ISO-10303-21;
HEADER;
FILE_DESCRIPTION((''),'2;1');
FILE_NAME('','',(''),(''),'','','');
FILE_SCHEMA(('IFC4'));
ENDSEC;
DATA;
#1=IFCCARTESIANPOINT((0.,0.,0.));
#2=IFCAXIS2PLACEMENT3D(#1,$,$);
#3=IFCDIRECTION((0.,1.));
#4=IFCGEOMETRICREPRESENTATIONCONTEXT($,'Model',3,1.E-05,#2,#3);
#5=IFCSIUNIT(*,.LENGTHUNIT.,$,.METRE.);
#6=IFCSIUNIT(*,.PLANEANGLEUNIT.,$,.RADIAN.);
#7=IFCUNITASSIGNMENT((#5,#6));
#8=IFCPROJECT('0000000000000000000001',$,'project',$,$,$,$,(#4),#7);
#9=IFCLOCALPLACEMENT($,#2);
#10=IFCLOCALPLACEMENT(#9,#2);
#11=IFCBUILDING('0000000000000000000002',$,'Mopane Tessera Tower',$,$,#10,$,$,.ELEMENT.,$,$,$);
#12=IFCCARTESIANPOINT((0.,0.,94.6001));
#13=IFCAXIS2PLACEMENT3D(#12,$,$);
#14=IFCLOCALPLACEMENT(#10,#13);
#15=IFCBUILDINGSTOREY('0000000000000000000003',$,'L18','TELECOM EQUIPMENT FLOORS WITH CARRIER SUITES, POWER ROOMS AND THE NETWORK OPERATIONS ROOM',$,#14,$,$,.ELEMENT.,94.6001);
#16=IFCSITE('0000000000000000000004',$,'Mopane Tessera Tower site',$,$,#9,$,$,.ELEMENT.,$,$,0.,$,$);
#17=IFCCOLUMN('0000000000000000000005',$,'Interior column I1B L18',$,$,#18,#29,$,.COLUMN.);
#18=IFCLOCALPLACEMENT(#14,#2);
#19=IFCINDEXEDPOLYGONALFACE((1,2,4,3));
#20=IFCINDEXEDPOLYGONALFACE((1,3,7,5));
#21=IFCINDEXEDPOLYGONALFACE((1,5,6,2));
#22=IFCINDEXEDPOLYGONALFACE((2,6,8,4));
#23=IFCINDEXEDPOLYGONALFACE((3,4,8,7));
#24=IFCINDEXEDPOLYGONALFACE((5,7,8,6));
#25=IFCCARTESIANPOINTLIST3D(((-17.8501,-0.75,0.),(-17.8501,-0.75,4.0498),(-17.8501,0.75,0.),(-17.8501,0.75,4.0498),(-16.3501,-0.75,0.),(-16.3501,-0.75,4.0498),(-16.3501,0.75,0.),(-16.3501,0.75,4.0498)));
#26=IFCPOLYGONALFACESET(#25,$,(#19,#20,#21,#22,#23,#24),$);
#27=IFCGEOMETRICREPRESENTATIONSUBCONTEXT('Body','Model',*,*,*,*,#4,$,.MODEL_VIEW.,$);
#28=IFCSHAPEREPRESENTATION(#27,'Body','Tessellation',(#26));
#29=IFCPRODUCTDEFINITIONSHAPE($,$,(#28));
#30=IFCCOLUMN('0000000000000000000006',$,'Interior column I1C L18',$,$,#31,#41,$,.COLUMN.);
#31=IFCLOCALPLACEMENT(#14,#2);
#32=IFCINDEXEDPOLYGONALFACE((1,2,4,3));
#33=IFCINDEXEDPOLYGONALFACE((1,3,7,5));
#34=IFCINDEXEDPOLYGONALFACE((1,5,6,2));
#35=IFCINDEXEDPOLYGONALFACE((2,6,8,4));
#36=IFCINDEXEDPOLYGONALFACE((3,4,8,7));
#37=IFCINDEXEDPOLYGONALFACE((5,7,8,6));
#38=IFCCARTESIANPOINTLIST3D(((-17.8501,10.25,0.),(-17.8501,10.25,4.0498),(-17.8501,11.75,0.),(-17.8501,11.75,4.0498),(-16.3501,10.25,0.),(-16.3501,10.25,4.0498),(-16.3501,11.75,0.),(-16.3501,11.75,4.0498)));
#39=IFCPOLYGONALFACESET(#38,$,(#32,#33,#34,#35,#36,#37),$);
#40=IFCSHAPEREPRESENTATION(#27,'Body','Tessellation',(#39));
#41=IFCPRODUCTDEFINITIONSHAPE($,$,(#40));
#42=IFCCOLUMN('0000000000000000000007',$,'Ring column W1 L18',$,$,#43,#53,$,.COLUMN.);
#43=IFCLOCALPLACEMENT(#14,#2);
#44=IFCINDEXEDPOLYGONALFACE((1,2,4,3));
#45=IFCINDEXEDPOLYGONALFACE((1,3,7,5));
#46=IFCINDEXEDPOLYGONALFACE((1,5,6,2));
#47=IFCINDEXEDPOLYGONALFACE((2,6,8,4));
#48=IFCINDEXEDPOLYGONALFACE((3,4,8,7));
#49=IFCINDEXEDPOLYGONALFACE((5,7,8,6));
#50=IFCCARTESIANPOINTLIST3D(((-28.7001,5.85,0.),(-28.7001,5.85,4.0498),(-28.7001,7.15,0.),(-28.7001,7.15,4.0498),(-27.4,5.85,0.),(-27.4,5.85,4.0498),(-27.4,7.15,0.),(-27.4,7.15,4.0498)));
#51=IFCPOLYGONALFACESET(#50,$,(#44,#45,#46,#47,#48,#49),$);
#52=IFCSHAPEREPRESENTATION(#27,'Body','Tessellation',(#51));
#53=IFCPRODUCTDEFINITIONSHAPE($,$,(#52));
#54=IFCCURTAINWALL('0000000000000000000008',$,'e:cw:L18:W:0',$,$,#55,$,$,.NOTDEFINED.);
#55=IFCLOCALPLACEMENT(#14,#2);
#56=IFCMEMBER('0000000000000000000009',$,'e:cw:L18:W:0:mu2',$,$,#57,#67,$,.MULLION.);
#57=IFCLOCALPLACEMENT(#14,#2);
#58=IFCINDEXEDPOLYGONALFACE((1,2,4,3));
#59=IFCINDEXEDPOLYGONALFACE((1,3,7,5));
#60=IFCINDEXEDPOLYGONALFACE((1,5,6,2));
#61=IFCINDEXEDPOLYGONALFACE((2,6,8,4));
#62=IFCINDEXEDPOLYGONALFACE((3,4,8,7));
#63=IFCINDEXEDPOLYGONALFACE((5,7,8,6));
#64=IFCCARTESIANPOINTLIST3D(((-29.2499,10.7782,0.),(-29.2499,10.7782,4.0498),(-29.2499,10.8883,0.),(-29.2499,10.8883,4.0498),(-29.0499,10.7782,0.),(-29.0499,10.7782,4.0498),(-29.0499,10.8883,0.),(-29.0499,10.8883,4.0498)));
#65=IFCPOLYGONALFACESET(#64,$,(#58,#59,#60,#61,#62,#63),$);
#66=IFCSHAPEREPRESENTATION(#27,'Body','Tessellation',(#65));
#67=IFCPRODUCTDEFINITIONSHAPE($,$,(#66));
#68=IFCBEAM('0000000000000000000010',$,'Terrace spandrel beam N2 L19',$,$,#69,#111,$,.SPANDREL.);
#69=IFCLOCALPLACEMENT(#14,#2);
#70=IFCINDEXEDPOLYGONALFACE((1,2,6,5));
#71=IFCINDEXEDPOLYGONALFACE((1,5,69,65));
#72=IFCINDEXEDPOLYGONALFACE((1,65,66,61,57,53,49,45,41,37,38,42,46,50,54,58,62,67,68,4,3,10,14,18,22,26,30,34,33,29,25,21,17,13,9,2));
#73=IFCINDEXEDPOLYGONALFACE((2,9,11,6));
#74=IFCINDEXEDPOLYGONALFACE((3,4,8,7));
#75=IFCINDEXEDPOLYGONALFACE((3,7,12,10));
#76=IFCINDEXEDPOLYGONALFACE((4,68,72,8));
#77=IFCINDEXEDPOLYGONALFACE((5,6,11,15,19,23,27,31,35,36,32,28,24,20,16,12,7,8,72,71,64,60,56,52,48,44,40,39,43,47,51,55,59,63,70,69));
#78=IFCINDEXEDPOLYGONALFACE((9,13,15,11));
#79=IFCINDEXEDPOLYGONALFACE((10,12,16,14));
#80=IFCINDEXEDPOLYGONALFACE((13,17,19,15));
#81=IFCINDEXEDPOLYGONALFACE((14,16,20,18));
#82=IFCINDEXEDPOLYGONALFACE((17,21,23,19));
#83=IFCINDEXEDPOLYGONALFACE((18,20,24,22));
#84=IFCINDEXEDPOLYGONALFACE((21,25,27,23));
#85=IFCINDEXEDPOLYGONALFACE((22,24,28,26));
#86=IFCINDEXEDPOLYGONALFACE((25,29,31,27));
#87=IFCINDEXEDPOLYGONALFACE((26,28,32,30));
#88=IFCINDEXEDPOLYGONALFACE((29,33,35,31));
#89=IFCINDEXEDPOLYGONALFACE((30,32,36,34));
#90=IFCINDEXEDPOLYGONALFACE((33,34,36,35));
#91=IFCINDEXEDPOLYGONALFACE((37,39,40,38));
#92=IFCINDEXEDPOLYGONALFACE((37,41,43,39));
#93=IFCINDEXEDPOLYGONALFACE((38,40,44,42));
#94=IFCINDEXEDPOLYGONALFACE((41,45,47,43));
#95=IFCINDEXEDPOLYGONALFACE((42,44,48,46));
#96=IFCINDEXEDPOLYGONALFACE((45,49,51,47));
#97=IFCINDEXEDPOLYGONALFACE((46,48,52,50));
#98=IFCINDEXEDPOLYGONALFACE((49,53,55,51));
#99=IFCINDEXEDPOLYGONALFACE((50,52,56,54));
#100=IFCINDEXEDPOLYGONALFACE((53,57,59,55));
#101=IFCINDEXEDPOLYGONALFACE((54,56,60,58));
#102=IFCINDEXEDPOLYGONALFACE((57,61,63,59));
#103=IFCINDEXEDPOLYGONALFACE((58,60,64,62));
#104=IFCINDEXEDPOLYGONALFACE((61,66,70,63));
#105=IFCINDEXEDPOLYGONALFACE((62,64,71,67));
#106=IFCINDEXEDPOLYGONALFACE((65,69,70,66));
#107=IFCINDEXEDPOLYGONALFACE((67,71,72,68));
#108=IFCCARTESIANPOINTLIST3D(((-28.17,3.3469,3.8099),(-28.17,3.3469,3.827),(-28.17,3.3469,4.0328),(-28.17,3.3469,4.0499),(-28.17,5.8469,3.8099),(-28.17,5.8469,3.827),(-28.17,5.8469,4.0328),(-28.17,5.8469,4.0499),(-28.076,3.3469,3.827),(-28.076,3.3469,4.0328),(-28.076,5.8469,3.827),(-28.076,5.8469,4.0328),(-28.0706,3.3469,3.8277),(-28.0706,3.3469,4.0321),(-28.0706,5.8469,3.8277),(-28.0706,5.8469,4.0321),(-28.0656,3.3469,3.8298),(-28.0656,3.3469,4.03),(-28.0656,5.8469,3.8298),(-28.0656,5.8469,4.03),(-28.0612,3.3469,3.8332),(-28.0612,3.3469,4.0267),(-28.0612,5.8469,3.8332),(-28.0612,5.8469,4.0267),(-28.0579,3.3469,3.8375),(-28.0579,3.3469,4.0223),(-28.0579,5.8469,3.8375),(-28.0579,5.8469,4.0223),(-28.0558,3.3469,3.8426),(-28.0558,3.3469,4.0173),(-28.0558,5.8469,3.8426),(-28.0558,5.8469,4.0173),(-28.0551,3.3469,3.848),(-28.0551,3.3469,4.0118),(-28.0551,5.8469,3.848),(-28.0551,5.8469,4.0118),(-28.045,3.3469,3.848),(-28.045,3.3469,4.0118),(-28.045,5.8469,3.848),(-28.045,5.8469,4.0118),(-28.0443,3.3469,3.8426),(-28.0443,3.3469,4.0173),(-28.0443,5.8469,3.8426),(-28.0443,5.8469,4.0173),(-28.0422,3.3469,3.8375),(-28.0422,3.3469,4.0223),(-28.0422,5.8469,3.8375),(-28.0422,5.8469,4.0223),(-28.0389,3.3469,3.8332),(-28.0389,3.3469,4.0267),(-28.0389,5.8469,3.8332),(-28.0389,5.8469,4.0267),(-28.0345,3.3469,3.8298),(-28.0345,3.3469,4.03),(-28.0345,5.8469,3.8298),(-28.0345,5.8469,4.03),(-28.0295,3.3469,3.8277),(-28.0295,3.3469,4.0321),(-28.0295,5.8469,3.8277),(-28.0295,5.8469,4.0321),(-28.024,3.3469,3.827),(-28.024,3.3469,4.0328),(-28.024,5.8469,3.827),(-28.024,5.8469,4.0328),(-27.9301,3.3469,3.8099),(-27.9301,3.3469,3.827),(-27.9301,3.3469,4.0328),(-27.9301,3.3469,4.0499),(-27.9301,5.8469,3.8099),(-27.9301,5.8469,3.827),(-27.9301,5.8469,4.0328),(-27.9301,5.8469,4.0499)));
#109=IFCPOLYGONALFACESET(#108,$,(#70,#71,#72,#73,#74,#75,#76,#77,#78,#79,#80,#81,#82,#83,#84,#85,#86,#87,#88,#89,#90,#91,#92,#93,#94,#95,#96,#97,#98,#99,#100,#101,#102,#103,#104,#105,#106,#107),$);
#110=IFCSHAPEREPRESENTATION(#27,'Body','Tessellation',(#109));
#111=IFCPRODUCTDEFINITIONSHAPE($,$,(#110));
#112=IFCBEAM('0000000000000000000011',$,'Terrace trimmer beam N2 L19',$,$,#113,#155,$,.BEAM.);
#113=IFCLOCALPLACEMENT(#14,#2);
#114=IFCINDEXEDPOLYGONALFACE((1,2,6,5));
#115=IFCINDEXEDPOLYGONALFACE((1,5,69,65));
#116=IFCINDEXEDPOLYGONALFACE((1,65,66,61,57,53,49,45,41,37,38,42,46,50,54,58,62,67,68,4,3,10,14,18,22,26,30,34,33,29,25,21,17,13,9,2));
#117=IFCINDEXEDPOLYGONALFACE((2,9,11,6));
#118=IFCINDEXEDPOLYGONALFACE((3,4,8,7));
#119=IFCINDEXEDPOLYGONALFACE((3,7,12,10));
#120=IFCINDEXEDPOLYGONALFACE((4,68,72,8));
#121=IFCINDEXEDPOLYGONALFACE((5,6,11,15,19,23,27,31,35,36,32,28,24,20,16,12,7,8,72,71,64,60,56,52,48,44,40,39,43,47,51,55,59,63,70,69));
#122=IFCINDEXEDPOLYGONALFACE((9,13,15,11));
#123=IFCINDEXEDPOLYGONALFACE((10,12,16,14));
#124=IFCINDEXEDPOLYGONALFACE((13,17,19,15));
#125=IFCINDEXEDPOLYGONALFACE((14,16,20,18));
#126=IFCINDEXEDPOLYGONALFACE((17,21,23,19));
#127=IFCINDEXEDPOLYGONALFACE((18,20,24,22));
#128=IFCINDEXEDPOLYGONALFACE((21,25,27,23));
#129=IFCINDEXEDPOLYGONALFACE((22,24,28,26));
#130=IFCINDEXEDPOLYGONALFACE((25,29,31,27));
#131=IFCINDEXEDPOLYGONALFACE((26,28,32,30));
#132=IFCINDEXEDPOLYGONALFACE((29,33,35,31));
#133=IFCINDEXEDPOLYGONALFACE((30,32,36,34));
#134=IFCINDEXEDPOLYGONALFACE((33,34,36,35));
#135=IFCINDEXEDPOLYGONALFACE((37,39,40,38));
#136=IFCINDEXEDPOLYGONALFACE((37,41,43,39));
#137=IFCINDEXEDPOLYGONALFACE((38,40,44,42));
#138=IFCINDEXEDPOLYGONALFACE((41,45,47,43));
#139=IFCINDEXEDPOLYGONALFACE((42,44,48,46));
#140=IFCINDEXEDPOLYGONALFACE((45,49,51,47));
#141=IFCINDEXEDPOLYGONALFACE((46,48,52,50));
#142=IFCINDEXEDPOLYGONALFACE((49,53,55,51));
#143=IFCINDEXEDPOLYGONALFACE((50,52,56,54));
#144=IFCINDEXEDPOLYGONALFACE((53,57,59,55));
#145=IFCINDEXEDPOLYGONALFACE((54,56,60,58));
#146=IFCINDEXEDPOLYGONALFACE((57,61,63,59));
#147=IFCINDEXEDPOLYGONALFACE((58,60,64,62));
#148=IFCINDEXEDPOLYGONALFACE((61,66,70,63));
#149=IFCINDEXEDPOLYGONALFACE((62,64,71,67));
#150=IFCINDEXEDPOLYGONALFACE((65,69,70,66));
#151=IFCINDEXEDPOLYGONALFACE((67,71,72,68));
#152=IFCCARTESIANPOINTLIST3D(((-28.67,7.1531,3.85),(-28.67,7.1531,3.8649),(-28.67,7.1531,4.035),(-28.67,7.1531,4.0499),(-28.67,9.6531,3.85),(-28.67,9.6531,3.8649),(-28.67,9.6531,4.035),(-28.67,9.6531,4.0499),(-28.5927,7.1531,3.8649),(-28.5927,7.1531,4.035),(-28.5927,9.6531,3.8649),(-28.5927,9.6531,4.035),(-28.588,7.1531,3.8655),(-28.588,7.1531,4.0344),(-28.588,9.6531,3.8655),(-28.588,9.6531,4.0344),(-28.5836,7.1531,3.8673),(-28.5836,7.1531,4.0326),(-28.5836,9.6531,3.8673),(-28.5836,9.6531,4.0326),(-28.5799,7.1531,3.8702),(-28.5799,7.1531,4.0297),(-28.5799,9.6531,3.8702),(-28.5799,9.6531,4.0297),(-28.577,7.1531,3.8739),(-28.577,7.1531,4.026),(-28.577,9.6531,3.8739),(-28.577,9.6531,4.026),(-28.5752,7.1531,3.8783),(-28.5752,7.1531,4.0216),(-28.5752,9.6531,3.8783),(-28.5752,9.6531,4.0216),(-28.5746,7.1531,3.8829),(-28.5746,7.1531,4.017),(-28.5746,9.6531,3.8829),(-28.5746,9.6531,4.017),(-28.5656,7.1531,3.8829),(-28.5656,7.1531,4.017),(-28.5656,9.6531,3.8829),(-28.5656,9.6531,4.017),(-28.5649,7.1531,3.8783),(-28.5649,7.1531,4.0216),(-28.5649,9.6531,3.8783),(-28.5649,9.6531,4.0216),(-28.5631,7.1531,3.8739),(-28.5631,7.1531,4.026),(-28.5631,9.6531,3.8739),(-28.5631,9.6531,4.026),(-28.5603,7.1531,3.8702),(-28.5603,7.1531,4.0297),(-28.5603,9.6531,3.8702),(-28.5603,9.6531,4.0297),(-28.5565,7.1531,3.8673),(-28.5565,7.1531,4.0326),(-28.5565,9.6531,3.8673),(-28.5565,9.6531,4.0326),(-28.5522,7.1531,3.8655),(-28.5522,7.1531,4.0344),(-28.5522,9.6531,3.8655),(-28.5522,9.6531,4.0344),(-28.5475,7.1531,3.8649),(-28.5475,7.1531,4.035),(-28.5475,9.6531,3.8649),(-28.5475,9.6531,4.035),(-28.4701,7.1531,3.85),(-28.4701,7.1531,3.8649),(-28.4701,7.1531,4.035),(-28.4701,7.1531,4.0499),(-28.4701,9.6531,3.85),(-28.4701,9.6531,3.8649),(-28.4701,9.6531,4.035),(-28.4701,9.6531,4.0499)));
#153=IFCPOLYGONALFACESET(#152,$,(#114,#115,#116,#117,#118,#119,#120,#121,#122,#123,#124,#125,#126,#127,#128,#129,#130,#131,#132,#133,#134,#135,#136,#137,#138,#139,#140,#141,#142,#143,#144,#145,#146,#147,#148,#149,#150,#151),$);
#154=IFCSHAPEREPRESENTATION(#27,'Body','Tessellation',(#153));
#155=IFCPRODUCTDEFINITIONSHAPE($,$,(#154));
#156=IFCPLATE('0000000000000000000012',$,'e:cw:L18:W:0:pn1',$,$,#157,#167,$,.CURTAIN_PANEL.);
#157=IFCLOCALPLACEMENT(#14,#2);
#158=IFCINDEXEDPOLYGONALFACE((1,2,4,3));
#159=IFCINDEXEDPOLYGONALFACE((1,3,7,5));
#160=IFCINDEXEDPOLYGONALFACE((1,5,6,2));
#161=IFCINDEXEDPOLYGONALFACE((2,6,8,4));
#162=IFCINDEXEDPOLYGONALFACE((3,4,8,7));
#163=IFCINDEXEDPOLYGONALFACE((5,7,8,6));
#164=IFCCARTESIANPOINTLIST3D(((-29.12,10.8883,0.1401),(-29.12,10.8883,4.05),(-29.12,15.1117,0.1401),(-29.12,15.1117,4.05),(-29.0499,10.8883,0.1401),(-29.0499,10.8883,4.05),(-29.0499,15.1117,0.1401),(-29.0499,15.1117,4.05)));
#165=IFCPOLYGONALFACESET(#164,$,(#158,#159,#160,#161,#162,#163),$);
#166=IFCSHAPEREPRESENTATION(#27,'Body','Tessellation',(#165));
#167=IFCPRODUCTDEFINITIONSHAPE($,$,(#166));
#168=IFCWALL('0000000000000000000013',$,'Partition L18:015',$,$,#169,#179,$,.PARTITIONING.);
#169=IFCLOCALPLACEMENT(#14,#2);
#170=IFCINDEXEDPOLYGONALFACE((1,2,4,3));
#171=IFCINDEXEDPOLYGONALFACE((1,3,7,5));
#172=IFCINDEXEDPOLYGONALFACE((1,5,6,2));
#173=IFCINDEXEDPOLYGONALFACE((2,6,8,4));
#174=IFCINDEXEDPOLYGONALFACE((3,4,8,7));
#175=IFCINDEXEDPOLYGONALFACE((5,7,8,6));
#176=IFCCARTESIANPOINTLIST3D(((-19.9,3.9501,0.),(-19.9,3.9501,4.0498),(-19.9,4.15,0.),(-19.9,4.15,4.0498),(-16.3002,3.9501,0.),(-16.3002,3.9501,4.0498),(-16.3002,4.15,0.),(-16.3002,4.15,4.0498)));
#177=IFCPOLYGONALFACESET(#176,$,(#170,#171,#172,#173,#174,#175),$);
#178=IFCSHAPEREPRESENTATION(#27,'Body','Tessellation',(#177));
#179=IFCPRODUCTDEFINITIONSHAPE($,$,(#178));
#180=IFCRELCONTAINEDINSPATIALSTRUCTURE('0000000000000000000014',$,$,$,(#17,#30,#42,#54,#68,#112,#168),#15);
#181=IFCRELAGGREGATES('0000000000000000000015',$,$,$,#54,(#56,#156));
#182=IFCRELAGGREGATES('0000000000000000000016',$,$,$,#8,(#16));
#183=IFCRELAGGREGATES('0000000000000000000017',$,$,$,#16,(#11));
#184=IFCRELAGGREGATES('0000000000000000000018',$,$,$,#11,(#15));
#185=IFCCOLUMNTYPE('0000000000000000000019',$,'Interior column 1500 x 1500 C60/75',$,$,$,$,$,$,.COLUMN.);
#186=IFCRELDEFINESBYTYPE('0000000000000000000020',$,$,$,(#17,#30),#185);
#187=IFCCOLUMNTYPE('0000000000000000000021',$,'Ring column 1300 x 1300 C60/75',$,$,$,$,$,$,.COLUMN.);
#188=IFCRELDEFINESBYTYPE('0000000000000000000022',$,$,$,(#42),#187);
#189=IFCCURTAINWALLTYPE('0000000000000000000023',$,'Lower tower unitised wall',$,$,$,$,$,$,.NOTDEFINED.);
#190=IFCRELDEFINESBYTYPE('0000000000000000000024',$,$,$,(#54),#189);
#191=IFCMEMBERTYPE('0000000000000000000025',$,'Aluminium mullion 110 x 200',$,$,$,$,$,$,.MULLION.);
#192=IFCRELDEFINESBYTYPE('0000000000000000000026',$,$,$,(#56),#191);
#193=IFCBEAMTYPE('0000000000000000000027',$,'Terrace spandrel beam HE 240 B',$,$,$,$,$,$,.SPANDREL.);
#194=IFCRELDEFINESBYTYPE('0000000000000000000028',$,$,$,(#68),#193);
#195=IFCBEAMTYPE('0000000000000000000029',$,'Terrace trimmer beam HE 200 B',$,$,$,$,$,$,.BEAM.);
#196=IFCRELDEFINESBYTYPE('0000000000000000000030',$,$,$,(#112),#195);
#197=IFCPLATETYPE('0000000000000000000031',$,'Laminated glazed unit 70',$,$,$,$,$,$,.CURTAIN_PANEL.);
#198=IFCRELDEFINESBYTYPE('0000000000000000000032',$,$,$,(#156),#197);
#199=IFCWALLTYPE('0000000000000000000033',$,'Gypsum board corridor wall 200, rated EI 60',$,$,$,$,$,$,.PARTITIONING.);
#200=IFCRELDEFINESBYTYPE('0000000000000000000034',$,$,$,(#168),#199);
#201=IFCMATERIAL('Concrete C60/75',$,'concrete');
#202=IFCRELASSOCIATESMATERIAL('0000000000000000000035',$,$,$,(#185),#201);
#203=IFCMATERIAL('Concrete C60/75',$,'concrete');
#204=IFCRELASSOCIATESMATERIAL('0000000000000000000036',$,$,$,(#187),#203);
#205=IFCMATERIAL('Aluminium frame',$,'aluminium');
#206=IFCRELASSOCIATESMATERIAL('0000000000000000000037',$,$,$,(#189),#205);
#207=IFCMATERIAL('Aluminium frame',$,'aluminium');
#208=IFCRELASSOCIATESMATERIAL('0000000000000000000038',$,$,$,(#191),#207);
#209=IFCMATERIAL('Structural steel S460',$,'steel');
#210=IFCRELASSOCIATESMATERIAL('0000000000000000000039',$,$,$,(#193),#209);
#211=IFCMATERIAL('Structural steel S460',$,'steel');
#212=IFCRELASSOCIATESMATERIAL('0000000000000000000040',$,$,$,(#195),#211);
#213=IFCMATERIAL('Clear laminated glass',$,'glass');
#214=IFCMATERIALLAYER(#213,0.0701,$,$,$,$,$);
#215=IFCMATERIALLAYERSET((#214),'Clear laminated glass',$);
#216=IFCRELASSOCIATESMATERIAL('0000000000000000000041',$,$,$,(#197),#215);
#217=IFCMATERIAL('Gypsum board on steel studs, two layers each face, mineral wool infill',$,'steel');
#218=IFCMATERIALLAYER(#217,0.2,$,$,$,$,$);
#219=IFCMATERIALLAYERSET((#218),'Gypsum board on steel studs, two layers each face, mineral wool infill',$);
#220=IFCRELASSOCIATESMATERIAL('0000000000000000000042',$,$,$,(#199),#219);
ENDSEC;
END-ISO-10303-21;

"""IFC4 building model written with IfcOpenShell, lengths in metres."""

from ifc_helpers import new_model, si_unit, direction, frame, frame_2d, origin, origin_2d, place, context, subcontext, project, spatial, rectangle, i_section, extrude, material, layer, layer_set, material_profile, profile_set, type_object, element, aggregate, save


model = new_model("IFC4")

# Units and contexts
model_context = context("Model", 3, precision=1e-05, world=origin(), true_north=direction((0.0, 1.0)))
body_context = subcontext(model_context, "Body", "Model", "MODEL_VIEW")
ifc_project = project(units=[si_unit("LENGTHUNIT", "METRE"), si_unit("PLANEANGLEUNIT", "RADIAN")], contexts=[model_context])

# Site, building, storey
site_placement = place(None, origin())
site = spatial("IfcSite", under=ifc_project, at=site_placement, Name="Mopane Tessera Tower site", CompositionType="ELEMENT", RefElevation=0.0)
building_placement = place(site_placement, origin())
building = spatial("IfcBuilding", under=site, at=building_placement, Name="Mopane Tessera Tower", CompositionType="ELEMENT")
storey_placement = place(building_placement, frame((0.0, 0.0, 94.6001)))
storey = spatial("IfcBuildingStorey", under=building, at=storey_placement, Name="L18", Description="TELECOM EQUIPMENT FLOORS WITH CARRIER SUITES, POWER ROOMS AND THE NETWORK OPERATIONS ROOM", CompositionType="ELEMENT", Elevation=94.6001)

# Columns
ifc_material_1 = material(Name="Concrete C60/75", Category="concrete")
ifc_material_profile_1 = material_profile(ifc_material_1, rectangle(XDim=1.5, YDim=1.5, at=origin_2d()))
ifc_profile_set_1 = profile_set([ifc_material_profile_1], Name="Concrete C60/75")
column_type_1 = type_object("IfcColumnType", Name="Interior column 1500 x 1500 C60/75", PredefinedType="COLUMN", material=ifc_profile_set_1)
for number, where, z_axis, x_axis, name in (
    (1, (-17.1001, 0.0, 0.0), (0.0, 0.0, 1.0), (1.0, 0.0, 0.0), "Interior column I1B L18"),
    (2, (-17.1001, 11.0, 0.0), (0.0, 0.0, 1.0), (1.0, 0.0, 0.0), "Interior column I1C L18"),
):
    element("IfcColumn", number, at=place(storey_placement, frame(where, z_axis=z_axis, x_axis=x_axis)), inside=storey, type_object=column_type_1, Name=name, PredefinedType="COLUMN", context=body_context, shape_type="SweptSolid", body=[
        extrude(rectangle(XDim=1.5, YDim=1.5, at=origin_2d()), origin(), (0.0, 0.0, 1.0), 4.0498),
    ])
ifc_material_2 = material(Name="Concrete C60/75", Category="concrete")
ifc_material_profile_2 = material_profile(ifc_material_2, rectangle(XDim=1.3, YDim=1.3, at=origin_2d()))
ifc_profile_set_2 = profile_set([ifc_material_profile_2], Name="Concrete C60/75")
column_type_2 = type_object("IfcColumnType", Name="Ring column 1300 x 1300 C60/75", PredefinedType="COLUMN", material=ifc_profile_set_2)
column_placement = place(storey_placement, frame((-28.05, 6.5, 0.0), z_axis=(0.0, 0.0, 1.0), x_axis=(1.0, 0.0, 0.0)))
element("IfcColumn", 3, at=column_placement, inside=storey, type_object=column_type_2, Name="Ring column W1 L18", PredefinedType="COLUMN", context=body_context, shape_type="SweptSolid", body=[
    extrude(rectangle(XDim=1.3, YDim=1.3, at=origin_2d()), origin(), (0.0, 0.0, 1.0), 4.0498),
])

# Curtain wall, member
ifc_material_3 = material(Name="Aluminium frame", Category="aluminium")
curtain_wall_type = type_object("IfcCurtainWallType", Name="Lower tower unitised wall", PredefinedType="NOTDEFINED", material=ifc_material_3)
curtain_wall_placement = place(storey_placement, origin())
curtain_wall = element("IfcCurtainWall", 4, at=curtain_wall_placement, inside=storey, type_object=curtain_wall_type, Name="e:cw:L18:W:0", PredefinedType="NOTDEFINED")
ifc_material_4 = material(Name="Aluminium frame", Category="aluminium")
ifc_material_profile_3 = material_profile(ifc_material_4, rectangle(XDim=0.1101, YDim=0.2, at=origin_2d()))
ifc_profile_set_3 = profile_set([ifc_material_profile_3], Name="Aluminium frame")
member_type = type_object("IfcMemberType", Name="Aluminium mullion 110 x 200", PredefinedType="MULLION", material=ifc_profile_set_3)
member_placement = place(storey_placement, frame((-29.1499, 10.8333, 0.0), z_axis=(0.0, 0.0, 1.0), x_axis=(0.0, -1.0, 0.0)))
member = element("IfcMember", 5, at=member_placement, type_object=member_type, Name="e:cw:L18:W:0:mu2", PredefinedType="MULLION", context=body_context, shape_type="SweptSolid", body=[
    extrude(rectangle(XDim=0.1101, YDim=0.2, at=origin_2d()), origin(), (0.0, 0.0, 1.0), 4.0498),
])

# Beams
ifc_material_5 = material(Name="Structural steel S460", Category="steel")
ifc_material_profile_4 = material_profile(ifc_material_5, i_section(OverallWidth=0.24, OverallDepth=0.24, WebThickness=0.01, FlangeThickness=0.0171, FilletRadius=0.021, at=origin_2d()))
ifc_profile_set_4 = profile_set([ifc_material_profile_4], Name="Structural steel S460")
beam_type_1 = type_object("IfcBeamType", Name="Terrace spandrel beam HE 240 B", PredefinedType="SPANDREL", material=ifc_profile_set_4)
beam_1_placement = place(storey_placement, frame((-28.05, 5.8469, 3.9299), z_axis=(0.0, -1.0, 0.0), x_axis=(1.0, 0.0, 0.0)))
element("IfcBeam", 6, at=beam_1_placement, inside=storey, type_object=beam_type_1, Name="Terrace spandrel beam N2 L19", PredefinedType="SPANDREL", context=body_context, shape_type="SweptSolid", body=[
    extrude(i_section(OverallWidth=0.24, OverallDepth=0.24, WebThickness=0.01, FlangeThickness=0.0171, FilletRadius=0.021, at=origin_2d()), origin(), (0.0, 0.0, 1.0), 2.5),
])
ifc_material_6 = material(Name="Structural steel S460", Category="steel")
ifc_material_profile_5 = material_profile(ifc_material_6, i_section(OverallWidth=0.2, OverallDepth=0.2, WebThickness=0.009, FlangeThickness=0.0149, FilletRadius=0.0181, at=origin_2d()))
ifc_profile_set_5 = profile_set([ifc_material_profile_5], Name="Structural steel S460")
beam_type_2 = type_object("IfcBeamType", Name="Terrace trimmer beam HE 200 B", PredefinedType="BEAM", material=ifc_profile_set_5)
beam_2_placement = place(storey_placement, frame((-28.5701, 7.1531, 3.95), z_axis=(0.0, 1.0, 0.0), x_axis=(-1.0, 0.0, 0.0)))
element("IfcBeam", 7, at=beam_2_placement, inside=storey, type_object=beam_type_2, Name="Terrace trimmer beam N2 L19", PredefinedType="BEAM", context=body_context, shape_type="SweptSolid", body=[
    extrude(i_section(OverallWidth=0.2, OverallDepth=0.2, WebThickness=0.009, FlangeThickness=0.0149, FilletRadius=0.0181, at=origin_2d()), origin(), (0.0, 0.0, 1.0), 2.5),
])

# Plate
ifc_material_7 = material(Name="Clear laminated glass", Category="glass")
ifc_layer_1 = layer(ifc_material_7, 0.0701)
ifc_layer_set_1 = layer_set([ifc_layer_1], Name="Clear laminated glass")
plate_type = type_object("IfcPlateType", Name="Laminated glazed unit 70", PredefinedType="CURTAIN_PANEL", material=ifc_layer_set_1)
plate_placement = place(storey_placement, frame((-29.085, 13.0, 0.1401), z_axis=(0.0, 0.0, 1.0), x_axis=(0.0, -1.0, 0.0)))
plate = element("IfcPlate", 8, at=plate_placement, type_object=plate_type, Name="e:cw:L18:W:0:pn1", PredefinedType="CURTAIN_PANEL", context=body_context, shape_type="SweptSolid", body=[
    extrude(rectangle(XDim=4.2234, YDim=0.0701, at=origin_2d()), origin(), (0.0, 0.0, 1.0), 3.9099),
])
aggregate(curtain_wall, [member, plate])

# Wall
ifc_material_8 = material(Name="Gypsum board on steel studs, two layers each face, mineral wool infill", Category="steel")
ifc_layer_2 = layer(ifc_material_8, 0.2)
ifc_layer_set_2 = layer_set([ifc_layer_2], Name="Gypsum board on steel studs, two layers each face, mineral wool infill")
wall_type_1 = type_object("IfcWallType", Name="Gypsum board corridor wall 200, rated EI 60", PredefinedType="PARTITIONING", material=ifc_layer_set_2)
wall_1_placement = place(storey_placement, frame((-19.8999, 4.05, 0.0), z_axis=(0.0, 0.0, 1.0), x_axis=(1.0, 0.0, 0.0)))
element("IfcWall", 9, at=wall_1_placement, inside=storey, type_object=wall_type_1, Name="Partition L18:015", PredefinedType="PARTITIONING", context=body_context, shape_type="SweptSolid", body=[
    extrude(rectangle(XDim=3.5999, YDim=0.2, at=frame_2d((1.7998, 0.0))), origin(), (0.0, 0.0, 1.0), 4.0498),
])

save(model, "model.ifc")
